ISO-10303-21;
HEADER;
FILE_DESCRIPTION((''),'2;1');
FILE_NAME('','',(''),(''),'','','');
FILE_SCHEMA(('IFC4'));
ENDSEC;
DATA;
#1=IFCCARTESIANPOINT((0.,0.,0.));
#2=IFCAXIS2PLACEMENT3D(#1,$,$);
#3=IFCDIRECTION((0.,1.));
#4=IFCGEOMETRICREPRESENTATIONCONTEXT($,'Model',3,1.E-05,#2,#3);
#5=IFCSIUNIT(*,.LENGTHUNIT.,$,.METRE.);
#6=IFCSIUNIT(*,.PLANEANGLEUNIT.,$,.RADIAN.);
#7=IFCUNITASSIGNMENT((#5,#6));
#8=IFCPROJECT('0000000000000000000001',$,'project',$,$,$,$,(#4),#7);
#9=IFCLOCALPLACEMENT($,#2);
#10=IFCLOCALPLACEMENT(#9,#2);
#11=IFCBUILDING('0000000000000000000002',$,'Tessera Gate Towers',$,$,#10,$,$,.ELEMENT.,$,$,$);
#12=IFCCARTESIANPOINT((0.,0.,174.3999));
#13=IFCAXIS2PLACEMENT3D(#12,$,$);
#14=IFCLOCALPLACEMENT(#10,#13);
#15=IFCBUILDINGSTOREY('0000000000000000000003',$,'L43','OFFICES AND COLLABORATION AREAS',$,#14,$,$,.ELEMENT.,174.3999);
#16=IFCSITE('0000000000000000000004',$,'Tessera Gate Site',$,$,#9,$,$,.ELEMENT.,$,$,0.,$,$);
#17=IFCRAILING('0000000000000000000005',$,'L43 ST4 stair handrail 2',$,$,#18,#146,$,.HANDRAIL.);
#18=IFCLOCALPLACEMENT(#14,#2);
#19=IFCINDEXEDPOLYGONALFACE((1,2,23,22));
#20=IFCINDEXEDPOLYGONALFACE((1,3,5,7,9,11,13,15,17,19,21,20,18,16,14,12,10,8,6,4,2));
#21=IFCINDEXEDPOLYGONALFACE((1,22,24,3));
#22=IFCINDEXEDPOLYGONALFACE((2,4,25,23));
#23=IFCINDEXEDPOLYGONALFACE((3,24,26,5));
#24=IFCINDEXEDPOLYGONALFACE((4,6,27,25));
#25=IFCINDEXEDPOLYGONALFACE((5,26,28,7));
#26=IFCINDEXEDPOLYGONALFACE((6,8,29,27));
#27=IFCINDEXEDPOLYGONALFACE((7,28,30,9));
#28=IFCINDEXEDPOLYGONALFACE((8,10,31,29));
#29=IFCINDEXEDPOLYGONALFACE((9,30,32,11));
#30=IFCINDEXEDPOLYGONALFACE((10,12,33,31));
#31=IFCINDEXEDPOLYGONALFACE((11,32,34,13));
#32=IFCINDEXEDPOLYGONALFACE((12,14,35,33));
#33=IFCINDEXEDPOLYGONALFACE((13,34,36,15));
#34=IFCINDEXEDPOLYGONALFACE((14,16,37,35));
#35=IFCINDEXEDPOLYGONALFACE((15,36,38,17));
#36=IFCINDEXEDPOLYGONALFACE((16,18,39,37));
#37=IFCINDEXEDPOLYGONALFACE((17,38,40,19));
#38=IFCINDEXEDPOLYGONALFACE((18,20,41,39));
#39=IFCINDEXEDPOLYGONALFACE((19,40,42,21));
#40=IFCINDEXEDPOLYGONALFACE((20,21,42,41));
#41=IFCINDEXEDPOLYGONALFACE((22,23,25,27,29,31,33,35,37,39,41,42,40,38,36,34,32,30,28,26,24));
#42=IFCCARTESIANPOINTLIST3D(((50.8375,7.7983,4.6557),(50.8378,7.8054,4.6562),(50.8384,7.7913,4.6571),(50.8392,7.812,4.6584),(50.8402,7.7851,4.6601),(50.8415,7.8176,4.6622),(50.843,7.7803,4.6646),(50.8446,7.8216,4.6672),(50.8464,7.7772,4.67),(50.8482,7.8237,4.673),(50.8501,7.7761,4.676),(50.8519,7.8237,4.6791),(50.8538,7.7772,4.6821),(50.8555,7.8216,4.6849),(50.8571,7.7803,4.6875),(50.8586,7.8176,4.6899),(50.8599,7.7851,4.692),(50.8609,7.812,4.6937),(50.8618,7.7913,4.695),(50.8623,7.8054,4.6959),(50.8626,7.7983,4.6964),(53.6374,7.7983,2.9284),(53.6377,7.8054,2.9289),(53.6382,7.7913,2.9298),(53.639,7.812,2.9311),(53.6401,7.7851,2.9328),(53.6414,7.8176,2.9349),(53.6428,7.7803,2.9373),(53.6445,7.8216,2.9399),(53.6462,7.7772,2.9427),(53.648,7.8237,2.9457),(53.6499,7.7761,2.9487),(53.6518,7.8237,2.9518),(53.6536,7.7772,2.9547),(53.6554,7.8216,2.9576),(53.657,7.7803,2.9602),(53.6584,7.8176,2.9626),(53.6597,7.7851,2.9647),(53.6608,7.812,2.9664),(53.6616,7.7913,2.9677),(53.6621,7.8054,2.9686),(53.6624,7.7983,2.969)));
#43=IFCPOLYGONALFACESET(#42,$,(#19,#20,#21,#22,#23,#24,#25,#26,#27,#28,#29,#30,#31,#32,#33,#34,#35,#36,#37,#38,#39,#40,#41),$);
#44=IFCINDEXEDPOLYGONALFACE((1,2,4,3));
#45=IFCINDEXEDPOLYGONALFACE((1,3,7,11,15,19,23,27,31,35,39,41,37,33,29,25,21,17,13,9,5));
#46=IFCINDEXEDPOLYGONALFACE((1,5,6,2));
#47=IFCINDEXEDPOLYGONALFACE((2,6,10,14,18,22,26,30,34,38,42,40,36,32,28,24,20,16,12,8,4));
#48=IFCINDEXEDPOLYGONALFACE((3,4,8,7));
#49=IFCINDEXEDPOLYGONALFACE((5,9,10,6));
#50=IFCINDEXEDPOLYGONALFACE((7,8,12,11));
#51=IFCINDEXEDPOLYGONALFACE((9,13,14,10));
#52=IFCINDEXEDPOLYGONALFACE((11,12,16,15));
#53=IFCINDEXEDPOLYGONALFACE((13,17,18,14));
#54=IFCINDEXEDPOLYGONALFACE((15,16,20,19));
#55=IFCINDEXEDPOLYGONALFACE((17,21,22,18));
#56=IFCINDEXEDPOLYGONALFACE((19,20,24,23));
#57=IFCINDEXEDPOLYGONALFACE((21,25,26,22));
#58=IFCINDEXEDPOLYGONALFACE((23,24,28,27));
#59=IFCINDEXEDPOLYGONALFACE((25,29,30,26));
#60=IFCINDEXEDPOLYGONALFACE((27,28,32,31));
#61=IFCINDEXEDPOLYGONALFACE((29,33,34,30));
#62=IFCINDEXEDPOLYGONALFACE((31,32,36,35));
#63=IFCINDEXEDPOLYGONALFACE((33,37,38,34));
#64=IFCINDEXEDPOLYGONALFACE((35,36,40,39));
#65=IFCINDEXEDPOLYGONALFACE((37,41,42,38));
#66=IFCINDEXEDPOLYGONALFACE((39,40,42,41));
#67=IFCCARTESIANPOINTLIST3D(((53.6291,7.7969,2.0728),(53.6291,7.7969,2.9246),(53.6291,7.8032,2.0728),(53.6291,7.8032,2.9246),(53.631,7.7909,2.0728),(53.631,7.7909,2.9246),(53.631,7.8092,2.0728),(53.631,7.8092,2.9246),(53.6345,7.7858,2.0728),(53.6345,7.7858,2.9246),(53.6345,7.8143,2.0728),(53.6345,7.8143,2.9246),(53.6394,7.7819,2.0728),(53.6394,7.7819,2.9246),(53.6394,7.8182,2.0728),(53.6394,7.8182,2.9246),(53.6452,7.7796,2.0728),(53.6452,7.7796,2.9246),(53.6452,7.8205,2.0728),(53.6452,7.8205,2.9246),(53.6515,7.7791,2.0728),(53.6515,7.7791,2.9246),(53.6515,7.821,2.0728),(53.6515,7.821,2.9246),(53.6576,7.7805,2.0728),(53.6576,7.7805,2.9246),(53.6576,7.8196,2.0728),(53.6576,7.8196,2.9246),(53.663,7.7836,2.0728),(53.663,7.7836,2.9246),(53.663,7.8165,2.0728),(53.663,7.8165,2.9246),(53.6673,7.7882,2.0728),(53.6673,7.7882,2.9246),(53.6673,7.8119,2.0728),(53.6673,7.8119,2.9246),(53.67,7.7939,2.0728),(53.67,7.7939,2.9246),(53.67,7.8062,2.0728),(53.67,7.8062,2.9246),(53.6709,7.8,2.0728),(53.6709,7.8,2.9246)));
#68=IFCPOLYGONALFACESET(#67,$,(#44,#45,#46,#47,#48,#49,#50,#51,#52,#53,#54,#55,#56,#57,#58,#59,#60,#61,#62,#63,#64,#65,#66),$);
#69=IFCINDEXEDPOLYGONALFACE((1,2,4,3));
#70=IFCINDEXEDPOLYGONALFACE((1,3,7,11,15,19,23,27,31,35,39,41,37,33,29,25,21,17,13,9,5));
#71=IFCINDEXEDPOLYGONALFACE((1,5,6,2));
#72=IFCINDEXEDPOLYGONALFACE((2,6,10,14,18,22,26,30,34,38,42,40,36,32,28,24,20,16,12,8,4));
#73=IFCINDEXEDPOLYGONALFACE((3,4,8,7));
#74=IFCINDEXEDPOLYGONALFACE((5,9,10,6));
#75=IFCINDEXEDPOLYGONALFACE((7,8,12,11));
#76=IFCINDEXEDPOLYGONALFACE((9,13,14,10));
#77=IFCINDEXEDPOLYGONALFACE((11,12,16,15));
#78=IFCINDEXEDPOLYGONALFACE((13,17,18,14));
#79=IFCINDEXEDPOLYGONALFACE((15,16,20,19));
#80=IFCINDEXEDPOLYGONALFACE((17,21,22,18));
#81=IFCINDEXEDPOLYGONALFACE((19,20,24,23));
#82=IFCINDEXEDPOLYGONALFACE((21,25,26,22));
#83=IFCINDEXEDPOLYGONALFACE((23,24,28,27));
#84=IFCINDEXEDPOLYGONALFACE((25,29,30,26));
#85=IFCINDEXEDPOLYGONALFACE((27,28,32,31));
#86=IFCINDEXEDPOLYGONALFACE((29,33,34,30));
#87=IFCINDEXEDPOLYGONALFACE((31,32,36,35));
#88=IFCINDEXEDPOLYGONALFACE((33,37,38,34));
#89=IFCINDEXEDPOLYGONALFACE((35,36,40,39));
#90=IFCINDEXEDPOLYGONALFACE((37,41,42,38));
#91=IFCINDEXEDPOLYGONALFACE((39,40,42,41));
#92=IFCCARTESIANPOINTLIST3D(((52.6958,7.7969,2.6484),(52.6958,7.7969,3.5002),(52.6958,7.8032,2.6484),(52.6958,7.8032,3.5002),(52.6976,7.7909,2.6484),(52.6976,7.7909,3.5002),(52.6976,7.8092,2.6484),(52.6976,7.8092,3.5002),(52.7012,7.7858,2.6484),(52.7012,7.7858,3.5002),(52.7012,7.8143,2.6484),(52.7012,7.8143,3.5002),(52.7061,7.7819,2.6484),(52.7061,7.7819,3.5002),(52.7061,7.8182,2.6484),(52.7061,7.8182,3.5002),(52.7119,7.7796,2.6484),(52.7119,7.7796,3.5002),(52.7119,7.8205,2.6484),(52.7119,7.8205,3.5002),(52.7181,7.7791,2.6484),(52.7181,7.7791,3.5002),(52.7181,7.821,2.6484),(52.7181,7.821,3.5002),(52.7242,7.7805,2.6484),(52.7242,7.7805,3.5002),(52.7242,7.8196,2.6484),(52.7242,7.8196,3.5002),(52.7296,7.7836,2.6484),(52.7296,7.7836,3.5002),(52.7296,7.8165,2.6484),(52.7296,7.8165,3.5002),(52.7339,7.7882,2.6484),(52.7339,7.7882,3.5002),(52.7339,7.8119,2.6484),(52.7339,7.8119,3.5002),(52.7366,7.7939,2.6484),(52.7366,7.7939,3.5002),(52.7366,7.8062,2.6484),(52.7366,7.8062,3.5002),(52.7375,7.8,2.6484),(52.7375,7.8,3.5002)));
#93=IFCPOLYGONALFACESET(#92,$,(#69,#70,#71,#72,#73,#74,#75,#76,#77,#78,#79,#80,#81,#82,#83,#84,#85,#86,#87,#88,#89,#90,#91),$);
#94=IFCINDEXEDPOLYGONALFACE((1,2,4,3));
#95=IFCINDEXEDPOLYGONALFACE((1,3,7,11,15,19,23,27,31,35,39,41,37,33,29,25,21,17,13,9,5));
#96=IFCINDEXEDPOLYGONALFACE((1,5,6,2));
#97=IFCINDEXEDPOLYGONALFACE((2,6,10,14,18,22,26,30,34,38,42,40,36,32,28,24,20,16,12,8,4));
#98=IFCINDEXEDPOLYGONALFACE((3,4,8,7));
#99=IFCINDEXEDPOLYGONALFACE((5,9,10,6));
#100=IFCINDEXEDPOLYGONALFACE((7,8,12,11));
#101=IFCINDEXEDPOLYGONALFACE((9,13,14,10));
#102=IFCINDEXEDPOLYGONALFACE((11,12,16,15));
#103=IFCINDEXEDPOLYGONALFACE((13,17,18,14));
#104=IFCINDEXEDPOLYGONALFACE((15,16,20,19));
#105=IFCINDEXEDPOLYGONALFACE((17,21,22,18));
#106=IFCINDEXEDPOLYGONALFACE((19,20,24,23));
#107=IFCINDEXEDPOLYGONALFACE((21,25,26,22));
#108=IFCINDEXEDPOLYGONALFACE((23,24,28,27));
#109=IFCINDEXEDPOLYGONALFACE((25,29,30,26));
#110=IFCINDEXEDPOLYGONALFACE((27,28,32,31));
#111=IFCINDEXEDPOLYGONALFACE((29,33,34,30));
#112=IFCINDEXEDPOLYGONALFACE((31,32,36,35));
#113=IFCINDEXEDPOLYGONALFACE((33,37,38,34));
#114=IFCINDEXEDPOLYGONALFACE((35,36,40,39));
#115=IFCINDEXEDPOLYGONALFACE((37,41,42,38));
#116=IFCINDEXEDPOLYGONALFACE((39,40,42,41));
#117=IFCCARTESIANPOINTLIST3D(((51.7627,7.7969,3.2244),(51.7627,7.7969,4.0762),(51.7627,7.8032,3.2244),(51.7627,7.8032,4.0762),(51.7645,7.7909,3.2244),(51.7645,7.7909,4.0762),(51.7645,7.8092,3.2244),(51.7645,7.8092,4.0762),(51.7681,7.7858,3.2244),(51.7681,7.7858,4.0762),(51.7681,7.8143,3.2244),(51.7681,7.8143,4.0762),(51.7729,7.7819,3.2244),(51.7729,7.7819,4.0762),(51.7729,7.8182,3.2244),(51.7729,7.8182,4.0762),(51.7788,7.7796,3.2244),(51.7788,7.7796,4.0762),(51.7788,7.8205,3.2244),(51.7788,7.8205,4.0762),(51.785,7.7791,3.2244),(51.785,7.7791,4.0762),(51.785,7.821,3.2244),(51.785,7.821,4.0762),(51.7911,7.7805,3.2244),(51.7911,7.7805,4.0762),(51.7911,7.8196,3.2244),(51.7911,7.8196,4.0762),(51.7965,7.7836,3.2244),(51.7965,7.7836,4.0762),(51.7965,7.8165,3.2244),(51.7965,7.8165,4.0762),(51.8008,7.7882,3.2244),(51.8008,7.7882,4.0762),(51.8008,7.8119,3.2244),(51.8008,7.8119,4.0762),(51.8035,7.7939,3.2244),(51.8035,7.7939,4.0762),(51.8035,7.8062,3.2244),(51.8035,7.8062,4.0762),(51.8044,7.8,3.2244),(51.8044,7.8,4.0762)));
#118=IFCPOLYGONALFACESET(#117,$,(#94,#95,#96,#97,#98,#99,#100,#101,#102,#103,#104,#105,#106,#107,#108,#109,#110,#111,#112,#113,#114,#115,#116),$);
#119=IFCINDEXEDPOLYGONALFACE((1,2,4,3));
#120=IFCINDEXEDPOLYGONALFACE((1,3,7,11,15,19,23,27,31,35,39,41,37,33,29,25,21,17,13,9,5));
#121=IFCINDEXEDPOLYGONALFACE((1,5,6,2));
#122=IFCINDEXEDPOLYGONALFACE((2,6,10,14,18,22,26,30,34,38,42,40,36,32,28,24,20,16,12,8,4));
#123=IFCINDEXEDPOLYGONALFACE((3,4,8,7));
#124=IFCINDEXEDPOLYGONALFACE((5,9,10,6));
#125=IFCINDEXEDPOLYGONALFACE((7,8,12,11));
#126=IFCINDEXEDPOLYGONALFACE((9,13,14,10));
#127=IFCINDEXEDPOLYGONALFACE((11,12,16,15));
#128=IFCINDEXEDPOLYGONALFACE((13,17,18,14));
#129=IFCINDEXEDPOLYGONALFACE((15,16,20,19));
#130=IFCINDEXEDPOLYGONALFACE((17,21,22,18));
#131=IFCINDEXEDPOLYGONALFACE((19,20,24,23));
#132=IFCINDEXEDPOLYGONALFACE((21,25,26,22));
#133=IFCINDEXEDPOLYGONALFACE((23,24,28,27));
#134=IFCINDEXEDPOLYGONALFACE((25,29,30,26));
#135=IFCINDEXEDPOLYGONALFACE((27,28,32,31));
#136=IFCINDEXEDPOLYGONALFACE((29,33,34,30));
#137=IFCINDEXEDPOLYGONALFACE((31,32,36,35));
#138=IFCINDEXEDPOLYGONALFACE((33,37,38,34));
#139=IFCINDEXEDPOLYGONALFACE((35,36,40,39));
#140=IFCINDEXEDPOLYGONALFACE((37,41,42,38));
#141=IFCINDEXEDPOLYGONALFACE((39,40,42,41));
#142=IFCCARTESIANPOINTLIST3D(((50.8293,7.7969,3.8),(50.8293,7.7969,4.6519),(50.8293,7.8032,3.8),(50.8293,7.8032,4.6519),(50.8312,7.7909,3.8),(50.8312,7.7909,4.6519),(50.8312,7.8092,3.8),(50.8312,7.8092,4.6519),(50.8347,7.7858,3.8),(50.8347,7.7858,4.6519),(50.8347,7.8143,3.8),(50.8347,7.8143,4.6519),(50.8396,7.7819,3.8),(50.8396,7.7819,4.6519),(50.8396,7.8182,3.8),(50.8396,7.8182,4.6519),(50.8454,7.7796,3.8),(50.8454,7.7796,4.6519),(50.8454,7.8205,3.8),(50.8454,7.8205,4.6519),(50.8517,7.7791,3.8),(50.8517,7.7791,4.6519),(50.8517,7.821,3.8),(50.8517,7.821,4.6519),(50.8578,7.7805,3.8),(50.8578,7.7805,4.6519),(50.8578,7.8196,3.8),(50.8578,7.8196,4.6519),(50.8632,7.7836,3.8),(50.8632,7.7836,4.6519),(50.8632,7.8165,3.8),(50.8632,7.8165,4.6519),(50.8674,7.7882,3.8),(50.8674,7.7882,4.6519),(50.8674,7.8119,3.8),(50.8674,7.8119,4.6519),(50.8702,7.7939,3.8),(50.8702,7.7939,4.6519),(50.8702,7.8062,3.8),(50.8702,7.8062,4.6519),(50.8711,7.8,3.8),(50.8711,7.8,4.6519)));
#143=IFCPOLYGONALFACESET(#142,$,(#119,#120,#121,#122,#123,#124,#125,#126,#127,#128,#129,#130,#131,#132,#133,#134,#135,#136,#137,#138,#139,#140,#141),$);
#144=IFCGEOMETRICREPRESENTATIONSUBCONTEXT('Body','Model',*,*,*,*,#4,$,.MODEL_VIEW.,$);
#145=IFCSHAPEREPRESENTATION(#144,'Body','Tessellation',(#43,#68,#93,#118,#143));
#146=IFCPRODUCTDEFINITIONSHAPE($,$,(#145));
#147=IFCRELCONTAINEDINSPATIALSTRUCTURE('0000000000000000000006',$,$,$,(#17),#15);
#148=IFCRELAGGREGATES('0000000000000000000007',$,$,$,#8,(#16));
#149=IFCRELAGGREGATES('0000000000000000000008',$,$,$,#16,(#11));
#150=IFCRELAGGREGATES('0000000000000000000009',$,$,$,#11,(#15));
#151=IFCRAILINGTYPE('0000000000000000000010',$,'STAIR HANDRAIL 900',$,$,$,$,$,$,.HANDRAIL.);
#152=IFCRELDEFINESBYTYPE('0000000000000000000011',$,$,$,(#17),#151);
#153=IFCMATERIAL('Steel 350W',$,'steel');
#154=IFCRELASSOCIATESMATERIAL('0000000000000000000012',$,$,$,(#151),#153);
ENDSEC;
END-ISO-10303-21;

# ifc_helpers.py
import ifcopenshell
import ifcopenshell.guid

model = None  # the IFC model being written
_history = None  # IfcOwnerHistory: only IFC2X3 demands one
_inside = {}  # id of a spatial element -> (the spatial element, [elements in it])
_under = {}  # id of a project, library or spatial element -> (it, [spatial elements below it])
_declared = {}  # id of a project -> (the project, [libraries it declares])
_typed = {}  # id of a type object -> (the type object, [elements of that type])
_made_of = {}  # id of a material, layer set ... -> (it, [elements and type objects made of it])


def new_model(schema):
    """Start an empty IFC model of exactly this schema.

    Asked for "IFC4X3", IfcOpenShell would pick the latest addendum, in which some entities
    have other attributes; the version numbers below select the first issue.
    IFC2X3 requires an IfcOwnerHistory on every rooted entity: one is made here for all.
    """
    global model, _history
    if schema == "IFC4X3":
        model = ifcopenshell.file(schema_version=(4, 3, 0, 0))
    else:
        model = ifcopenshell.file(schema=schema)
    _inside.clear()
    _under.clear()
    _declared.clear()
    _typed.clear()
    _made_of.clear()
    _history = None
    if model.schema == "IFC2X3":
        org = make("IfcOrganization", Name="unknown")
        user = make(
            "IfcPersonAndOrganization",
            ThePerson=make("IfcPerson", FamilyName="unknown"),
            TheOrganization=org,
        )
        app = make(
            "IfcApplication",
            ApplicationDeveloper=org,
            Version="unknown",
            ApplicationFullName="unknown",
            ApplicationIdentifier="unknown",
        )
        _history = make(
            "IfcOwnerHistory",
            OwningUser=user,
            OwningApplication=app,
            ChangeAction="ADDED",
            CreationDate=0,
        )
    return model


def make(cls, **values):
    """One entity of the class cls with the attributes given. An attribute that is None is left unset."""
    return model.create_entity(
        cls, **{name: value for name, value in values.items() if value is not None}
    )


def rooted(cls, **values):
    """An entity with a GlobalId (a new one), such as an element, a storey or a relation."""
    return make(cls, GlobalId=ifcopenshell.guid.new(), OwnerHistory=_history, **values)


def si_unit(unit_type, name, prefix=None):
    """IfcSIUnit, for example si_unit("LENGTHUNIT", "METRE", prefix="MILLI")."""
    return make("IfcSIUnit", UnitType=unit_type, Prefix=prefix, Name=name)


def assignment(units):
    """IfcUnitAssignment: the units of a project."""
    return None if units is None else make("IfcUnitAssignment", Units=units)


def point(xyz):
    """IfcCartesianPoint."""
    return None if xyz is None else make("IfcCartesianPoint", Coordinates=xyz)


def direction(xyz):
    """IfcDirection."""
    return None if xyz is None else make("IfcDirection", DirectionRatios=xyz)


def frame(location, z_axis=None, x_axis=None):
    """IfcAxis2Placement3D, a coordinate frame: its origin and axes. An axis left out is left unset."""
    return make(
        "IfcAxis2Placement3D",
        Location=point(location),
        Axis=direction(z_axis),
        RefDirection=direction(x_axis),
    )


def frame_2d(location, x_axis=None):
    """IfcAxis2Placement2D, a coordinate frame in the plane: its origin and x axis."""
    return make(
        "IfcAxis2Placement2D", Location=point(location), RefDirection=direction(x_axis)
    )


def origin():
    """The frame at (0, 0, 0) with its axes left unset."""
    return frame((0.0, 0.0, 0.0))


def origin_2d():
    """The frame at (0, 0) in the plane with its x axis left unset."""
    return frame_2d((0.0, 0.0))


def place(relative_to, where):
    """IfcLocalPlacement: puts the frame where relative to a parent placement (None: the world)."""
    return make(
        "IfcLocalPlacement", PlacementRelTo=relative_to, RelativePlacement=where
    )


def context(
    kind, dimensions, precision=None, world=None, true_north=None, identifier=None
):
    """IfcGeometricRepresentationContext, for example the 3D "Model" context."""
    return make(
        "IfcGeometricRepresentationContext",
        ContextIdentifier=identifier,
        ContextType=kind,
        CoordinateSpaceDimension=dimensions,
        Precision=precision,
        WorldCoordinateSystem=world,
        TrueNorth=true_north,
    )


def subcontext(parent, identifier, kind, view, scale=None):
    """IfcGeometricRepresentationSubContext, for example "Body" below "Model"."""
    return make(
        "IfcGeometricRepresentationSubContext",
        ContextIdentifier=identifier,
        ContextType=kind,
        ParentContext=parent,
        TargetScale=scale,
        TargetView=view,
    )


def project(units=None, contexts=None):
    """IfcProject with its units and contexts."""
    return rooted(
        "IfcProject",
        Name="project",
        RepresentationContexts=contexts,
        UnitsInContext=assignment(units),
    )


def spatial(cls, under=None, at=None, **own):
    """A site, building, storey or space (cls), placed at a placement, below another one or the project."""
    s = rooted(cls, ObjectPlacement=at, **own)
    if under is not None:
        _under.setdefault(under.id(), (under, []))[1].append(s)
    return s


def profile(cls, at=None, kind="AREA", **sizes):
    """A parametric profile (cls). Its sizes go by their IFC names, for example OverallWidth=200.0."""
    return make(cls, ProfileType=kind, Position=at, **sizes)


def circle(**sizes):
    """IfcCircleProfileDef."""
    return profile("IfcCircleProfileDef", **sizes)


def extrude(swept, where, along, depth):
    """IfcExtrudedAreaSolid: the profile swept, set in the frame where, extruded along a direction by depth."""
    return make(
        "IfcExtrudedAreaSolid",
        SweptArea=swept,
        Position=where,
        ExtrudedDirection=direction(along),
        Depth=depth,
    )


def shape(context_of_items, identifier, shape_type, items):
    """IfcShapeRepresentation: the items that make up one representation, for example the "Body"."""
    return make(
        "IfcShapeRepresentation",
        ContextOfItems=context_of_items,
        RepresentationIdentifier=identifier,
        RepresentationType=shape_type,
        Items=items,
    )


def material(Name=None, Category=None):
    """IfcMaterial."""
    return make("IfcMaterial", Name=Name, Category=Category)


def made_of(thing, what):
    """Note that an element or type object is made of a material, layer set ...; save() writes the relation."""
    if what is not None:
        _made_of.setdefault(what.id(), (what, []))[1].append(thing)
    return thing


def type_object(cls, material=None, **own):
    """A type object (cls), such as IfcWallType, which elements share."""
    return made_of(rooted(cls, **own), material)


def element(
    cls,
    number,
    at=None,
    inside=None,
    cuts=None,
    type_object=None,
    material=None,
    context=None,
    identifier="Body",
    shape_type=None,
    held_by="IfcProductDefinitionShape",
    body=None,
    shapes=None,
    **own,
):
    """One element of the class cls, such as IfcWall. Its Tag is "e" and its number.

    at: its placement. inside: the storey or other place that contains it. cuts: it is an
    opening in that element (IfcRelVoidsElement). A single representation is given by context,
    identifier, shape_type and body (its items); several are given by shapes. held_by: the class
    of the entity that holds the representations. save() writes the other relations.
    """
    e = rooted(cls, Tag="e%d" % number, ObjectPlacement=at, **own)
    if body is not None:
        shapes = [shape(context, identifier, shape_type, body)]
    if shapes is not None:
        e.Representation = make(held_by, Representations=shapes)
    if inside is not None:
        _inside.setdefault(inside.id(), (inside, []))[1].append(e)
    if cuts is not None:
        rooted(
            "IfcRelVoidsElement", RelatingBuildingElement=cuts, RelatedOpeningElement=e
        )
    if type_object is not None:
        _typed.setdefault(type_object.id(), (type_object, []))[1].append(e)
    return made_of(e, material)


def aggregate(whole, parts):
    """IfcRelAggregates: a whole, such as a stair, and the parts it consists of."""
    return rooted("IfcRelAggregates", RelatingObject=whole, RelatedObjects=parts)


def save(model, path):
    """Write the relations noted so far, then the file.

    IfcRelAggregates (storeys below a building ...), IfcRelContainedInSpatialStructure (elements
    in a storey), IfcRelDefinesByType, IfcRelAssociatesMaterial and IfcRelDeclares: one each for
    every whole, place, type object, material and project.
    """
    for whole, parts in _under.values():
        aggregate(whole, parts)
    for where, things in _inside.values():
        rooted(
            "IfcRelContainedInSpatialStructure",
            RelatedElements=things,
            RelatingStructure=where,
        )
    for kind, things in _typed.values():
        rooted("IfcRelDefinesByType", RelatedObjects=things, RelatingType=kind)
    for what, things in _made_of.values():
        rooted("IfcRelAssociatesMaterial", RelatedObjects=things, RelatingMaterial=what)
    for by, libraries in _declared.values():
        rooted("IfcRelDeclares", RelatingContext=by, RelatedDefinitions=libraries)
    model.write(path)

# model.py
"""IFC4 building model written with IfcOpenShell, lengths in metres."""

from ifc_helpers import new_model, si_unit, direction, frame, origin, origin_2d, place, context, subcontext, project, spatial, circle, extrude, material, type_object, element, save


model = new_model("IFC4")

# Units and contexts
model_context = context("Model", 3, precision=1e-05, world=origin(), true_north=direction((0.0, 1.0)))
body_context = subcontext(model_context, "Body", "Model", "MODEL_VIEW")
ifc_project = project(units=[si_unit("LENGTHUNIT", "METRE"), si_unit("PLANEANGLEUNIT", "RADIAN")], contexts=[model_context])

# Site, building, storey
site_placement = place(None, origin())
site = spatial("IfcSite", under=ifc_project, at=site_placement, Name="Tessera Gate Site", CompositionType="ELEMENT", RefElevation=0.0)
building_placement = place(site_placement, origin())
building = spatial("IfcBuilding", under=site, at=building_placement, Name="Tessera Gate Towers", CompositionType="ELEMENT")
storey_placement = place(building_placement, frame((0.0, 0.0, 174.3999)))
storey = spatial("IfcBuildingStorey", under=building, at=storey_placement, Name="L43", Description="OFFICES AND COLLABORATION AREAS", CompositionType="ELEMENT", Elevation=174.3999)

# Railing
ifc_material_1 = material(Name="Steel 350W", Category="steel")
railing_type_1 = type_object("IfcRailingType", Name="STAIR HANDRAIL 900", PredefinedType="HANDRAIL", material=ifc_material_1)
railing_1_placement = place(storey_placement, frame((53.6499, 7.8, 2.0728)))
element("IfcRailing", 1, at=railing_1_placement, inside=storey, type_object=railing_type_1, Name="L43 ST4 stair handrail 2", PredefinedType="HANDRAIL", context=body_context, shape_type="SweptSolid", body=[
    extrude(circle(Radius=0.0239, at=origin_2d()), frame((0.0, 0.0, 0.876), z_axis=(-0.851069, 0.0, 0.525054), x_axis=(0.0, -1.0, 0.0)), (0.0, 0.0, 1.0), 3.2898),
    extrude(circle(Radius=0.021, at=origin_2d()), origin(), (0.0, 0.0, 1.0), 0.8518),
    extrude(circle(Radius=0.021, at=origin_2d()), frame((-0.9333, 0.0, 0.5757)), (0.0, 0.0, 1.0), 0.8518),
    extrude(circle(Radius=0.021, at=origin_2d()), frame((-1.8665, 0.0, 1.1516)), (0.0, 0.0, 1.0), 0.8518),
    extrude(circle(Radius=0.021, at=origin_2d()), frame((-2.7998, 0.0, 1.7273)), (0.0, 0.0, 1.0), 0.8518),
])

save(model, "model.ifc")
